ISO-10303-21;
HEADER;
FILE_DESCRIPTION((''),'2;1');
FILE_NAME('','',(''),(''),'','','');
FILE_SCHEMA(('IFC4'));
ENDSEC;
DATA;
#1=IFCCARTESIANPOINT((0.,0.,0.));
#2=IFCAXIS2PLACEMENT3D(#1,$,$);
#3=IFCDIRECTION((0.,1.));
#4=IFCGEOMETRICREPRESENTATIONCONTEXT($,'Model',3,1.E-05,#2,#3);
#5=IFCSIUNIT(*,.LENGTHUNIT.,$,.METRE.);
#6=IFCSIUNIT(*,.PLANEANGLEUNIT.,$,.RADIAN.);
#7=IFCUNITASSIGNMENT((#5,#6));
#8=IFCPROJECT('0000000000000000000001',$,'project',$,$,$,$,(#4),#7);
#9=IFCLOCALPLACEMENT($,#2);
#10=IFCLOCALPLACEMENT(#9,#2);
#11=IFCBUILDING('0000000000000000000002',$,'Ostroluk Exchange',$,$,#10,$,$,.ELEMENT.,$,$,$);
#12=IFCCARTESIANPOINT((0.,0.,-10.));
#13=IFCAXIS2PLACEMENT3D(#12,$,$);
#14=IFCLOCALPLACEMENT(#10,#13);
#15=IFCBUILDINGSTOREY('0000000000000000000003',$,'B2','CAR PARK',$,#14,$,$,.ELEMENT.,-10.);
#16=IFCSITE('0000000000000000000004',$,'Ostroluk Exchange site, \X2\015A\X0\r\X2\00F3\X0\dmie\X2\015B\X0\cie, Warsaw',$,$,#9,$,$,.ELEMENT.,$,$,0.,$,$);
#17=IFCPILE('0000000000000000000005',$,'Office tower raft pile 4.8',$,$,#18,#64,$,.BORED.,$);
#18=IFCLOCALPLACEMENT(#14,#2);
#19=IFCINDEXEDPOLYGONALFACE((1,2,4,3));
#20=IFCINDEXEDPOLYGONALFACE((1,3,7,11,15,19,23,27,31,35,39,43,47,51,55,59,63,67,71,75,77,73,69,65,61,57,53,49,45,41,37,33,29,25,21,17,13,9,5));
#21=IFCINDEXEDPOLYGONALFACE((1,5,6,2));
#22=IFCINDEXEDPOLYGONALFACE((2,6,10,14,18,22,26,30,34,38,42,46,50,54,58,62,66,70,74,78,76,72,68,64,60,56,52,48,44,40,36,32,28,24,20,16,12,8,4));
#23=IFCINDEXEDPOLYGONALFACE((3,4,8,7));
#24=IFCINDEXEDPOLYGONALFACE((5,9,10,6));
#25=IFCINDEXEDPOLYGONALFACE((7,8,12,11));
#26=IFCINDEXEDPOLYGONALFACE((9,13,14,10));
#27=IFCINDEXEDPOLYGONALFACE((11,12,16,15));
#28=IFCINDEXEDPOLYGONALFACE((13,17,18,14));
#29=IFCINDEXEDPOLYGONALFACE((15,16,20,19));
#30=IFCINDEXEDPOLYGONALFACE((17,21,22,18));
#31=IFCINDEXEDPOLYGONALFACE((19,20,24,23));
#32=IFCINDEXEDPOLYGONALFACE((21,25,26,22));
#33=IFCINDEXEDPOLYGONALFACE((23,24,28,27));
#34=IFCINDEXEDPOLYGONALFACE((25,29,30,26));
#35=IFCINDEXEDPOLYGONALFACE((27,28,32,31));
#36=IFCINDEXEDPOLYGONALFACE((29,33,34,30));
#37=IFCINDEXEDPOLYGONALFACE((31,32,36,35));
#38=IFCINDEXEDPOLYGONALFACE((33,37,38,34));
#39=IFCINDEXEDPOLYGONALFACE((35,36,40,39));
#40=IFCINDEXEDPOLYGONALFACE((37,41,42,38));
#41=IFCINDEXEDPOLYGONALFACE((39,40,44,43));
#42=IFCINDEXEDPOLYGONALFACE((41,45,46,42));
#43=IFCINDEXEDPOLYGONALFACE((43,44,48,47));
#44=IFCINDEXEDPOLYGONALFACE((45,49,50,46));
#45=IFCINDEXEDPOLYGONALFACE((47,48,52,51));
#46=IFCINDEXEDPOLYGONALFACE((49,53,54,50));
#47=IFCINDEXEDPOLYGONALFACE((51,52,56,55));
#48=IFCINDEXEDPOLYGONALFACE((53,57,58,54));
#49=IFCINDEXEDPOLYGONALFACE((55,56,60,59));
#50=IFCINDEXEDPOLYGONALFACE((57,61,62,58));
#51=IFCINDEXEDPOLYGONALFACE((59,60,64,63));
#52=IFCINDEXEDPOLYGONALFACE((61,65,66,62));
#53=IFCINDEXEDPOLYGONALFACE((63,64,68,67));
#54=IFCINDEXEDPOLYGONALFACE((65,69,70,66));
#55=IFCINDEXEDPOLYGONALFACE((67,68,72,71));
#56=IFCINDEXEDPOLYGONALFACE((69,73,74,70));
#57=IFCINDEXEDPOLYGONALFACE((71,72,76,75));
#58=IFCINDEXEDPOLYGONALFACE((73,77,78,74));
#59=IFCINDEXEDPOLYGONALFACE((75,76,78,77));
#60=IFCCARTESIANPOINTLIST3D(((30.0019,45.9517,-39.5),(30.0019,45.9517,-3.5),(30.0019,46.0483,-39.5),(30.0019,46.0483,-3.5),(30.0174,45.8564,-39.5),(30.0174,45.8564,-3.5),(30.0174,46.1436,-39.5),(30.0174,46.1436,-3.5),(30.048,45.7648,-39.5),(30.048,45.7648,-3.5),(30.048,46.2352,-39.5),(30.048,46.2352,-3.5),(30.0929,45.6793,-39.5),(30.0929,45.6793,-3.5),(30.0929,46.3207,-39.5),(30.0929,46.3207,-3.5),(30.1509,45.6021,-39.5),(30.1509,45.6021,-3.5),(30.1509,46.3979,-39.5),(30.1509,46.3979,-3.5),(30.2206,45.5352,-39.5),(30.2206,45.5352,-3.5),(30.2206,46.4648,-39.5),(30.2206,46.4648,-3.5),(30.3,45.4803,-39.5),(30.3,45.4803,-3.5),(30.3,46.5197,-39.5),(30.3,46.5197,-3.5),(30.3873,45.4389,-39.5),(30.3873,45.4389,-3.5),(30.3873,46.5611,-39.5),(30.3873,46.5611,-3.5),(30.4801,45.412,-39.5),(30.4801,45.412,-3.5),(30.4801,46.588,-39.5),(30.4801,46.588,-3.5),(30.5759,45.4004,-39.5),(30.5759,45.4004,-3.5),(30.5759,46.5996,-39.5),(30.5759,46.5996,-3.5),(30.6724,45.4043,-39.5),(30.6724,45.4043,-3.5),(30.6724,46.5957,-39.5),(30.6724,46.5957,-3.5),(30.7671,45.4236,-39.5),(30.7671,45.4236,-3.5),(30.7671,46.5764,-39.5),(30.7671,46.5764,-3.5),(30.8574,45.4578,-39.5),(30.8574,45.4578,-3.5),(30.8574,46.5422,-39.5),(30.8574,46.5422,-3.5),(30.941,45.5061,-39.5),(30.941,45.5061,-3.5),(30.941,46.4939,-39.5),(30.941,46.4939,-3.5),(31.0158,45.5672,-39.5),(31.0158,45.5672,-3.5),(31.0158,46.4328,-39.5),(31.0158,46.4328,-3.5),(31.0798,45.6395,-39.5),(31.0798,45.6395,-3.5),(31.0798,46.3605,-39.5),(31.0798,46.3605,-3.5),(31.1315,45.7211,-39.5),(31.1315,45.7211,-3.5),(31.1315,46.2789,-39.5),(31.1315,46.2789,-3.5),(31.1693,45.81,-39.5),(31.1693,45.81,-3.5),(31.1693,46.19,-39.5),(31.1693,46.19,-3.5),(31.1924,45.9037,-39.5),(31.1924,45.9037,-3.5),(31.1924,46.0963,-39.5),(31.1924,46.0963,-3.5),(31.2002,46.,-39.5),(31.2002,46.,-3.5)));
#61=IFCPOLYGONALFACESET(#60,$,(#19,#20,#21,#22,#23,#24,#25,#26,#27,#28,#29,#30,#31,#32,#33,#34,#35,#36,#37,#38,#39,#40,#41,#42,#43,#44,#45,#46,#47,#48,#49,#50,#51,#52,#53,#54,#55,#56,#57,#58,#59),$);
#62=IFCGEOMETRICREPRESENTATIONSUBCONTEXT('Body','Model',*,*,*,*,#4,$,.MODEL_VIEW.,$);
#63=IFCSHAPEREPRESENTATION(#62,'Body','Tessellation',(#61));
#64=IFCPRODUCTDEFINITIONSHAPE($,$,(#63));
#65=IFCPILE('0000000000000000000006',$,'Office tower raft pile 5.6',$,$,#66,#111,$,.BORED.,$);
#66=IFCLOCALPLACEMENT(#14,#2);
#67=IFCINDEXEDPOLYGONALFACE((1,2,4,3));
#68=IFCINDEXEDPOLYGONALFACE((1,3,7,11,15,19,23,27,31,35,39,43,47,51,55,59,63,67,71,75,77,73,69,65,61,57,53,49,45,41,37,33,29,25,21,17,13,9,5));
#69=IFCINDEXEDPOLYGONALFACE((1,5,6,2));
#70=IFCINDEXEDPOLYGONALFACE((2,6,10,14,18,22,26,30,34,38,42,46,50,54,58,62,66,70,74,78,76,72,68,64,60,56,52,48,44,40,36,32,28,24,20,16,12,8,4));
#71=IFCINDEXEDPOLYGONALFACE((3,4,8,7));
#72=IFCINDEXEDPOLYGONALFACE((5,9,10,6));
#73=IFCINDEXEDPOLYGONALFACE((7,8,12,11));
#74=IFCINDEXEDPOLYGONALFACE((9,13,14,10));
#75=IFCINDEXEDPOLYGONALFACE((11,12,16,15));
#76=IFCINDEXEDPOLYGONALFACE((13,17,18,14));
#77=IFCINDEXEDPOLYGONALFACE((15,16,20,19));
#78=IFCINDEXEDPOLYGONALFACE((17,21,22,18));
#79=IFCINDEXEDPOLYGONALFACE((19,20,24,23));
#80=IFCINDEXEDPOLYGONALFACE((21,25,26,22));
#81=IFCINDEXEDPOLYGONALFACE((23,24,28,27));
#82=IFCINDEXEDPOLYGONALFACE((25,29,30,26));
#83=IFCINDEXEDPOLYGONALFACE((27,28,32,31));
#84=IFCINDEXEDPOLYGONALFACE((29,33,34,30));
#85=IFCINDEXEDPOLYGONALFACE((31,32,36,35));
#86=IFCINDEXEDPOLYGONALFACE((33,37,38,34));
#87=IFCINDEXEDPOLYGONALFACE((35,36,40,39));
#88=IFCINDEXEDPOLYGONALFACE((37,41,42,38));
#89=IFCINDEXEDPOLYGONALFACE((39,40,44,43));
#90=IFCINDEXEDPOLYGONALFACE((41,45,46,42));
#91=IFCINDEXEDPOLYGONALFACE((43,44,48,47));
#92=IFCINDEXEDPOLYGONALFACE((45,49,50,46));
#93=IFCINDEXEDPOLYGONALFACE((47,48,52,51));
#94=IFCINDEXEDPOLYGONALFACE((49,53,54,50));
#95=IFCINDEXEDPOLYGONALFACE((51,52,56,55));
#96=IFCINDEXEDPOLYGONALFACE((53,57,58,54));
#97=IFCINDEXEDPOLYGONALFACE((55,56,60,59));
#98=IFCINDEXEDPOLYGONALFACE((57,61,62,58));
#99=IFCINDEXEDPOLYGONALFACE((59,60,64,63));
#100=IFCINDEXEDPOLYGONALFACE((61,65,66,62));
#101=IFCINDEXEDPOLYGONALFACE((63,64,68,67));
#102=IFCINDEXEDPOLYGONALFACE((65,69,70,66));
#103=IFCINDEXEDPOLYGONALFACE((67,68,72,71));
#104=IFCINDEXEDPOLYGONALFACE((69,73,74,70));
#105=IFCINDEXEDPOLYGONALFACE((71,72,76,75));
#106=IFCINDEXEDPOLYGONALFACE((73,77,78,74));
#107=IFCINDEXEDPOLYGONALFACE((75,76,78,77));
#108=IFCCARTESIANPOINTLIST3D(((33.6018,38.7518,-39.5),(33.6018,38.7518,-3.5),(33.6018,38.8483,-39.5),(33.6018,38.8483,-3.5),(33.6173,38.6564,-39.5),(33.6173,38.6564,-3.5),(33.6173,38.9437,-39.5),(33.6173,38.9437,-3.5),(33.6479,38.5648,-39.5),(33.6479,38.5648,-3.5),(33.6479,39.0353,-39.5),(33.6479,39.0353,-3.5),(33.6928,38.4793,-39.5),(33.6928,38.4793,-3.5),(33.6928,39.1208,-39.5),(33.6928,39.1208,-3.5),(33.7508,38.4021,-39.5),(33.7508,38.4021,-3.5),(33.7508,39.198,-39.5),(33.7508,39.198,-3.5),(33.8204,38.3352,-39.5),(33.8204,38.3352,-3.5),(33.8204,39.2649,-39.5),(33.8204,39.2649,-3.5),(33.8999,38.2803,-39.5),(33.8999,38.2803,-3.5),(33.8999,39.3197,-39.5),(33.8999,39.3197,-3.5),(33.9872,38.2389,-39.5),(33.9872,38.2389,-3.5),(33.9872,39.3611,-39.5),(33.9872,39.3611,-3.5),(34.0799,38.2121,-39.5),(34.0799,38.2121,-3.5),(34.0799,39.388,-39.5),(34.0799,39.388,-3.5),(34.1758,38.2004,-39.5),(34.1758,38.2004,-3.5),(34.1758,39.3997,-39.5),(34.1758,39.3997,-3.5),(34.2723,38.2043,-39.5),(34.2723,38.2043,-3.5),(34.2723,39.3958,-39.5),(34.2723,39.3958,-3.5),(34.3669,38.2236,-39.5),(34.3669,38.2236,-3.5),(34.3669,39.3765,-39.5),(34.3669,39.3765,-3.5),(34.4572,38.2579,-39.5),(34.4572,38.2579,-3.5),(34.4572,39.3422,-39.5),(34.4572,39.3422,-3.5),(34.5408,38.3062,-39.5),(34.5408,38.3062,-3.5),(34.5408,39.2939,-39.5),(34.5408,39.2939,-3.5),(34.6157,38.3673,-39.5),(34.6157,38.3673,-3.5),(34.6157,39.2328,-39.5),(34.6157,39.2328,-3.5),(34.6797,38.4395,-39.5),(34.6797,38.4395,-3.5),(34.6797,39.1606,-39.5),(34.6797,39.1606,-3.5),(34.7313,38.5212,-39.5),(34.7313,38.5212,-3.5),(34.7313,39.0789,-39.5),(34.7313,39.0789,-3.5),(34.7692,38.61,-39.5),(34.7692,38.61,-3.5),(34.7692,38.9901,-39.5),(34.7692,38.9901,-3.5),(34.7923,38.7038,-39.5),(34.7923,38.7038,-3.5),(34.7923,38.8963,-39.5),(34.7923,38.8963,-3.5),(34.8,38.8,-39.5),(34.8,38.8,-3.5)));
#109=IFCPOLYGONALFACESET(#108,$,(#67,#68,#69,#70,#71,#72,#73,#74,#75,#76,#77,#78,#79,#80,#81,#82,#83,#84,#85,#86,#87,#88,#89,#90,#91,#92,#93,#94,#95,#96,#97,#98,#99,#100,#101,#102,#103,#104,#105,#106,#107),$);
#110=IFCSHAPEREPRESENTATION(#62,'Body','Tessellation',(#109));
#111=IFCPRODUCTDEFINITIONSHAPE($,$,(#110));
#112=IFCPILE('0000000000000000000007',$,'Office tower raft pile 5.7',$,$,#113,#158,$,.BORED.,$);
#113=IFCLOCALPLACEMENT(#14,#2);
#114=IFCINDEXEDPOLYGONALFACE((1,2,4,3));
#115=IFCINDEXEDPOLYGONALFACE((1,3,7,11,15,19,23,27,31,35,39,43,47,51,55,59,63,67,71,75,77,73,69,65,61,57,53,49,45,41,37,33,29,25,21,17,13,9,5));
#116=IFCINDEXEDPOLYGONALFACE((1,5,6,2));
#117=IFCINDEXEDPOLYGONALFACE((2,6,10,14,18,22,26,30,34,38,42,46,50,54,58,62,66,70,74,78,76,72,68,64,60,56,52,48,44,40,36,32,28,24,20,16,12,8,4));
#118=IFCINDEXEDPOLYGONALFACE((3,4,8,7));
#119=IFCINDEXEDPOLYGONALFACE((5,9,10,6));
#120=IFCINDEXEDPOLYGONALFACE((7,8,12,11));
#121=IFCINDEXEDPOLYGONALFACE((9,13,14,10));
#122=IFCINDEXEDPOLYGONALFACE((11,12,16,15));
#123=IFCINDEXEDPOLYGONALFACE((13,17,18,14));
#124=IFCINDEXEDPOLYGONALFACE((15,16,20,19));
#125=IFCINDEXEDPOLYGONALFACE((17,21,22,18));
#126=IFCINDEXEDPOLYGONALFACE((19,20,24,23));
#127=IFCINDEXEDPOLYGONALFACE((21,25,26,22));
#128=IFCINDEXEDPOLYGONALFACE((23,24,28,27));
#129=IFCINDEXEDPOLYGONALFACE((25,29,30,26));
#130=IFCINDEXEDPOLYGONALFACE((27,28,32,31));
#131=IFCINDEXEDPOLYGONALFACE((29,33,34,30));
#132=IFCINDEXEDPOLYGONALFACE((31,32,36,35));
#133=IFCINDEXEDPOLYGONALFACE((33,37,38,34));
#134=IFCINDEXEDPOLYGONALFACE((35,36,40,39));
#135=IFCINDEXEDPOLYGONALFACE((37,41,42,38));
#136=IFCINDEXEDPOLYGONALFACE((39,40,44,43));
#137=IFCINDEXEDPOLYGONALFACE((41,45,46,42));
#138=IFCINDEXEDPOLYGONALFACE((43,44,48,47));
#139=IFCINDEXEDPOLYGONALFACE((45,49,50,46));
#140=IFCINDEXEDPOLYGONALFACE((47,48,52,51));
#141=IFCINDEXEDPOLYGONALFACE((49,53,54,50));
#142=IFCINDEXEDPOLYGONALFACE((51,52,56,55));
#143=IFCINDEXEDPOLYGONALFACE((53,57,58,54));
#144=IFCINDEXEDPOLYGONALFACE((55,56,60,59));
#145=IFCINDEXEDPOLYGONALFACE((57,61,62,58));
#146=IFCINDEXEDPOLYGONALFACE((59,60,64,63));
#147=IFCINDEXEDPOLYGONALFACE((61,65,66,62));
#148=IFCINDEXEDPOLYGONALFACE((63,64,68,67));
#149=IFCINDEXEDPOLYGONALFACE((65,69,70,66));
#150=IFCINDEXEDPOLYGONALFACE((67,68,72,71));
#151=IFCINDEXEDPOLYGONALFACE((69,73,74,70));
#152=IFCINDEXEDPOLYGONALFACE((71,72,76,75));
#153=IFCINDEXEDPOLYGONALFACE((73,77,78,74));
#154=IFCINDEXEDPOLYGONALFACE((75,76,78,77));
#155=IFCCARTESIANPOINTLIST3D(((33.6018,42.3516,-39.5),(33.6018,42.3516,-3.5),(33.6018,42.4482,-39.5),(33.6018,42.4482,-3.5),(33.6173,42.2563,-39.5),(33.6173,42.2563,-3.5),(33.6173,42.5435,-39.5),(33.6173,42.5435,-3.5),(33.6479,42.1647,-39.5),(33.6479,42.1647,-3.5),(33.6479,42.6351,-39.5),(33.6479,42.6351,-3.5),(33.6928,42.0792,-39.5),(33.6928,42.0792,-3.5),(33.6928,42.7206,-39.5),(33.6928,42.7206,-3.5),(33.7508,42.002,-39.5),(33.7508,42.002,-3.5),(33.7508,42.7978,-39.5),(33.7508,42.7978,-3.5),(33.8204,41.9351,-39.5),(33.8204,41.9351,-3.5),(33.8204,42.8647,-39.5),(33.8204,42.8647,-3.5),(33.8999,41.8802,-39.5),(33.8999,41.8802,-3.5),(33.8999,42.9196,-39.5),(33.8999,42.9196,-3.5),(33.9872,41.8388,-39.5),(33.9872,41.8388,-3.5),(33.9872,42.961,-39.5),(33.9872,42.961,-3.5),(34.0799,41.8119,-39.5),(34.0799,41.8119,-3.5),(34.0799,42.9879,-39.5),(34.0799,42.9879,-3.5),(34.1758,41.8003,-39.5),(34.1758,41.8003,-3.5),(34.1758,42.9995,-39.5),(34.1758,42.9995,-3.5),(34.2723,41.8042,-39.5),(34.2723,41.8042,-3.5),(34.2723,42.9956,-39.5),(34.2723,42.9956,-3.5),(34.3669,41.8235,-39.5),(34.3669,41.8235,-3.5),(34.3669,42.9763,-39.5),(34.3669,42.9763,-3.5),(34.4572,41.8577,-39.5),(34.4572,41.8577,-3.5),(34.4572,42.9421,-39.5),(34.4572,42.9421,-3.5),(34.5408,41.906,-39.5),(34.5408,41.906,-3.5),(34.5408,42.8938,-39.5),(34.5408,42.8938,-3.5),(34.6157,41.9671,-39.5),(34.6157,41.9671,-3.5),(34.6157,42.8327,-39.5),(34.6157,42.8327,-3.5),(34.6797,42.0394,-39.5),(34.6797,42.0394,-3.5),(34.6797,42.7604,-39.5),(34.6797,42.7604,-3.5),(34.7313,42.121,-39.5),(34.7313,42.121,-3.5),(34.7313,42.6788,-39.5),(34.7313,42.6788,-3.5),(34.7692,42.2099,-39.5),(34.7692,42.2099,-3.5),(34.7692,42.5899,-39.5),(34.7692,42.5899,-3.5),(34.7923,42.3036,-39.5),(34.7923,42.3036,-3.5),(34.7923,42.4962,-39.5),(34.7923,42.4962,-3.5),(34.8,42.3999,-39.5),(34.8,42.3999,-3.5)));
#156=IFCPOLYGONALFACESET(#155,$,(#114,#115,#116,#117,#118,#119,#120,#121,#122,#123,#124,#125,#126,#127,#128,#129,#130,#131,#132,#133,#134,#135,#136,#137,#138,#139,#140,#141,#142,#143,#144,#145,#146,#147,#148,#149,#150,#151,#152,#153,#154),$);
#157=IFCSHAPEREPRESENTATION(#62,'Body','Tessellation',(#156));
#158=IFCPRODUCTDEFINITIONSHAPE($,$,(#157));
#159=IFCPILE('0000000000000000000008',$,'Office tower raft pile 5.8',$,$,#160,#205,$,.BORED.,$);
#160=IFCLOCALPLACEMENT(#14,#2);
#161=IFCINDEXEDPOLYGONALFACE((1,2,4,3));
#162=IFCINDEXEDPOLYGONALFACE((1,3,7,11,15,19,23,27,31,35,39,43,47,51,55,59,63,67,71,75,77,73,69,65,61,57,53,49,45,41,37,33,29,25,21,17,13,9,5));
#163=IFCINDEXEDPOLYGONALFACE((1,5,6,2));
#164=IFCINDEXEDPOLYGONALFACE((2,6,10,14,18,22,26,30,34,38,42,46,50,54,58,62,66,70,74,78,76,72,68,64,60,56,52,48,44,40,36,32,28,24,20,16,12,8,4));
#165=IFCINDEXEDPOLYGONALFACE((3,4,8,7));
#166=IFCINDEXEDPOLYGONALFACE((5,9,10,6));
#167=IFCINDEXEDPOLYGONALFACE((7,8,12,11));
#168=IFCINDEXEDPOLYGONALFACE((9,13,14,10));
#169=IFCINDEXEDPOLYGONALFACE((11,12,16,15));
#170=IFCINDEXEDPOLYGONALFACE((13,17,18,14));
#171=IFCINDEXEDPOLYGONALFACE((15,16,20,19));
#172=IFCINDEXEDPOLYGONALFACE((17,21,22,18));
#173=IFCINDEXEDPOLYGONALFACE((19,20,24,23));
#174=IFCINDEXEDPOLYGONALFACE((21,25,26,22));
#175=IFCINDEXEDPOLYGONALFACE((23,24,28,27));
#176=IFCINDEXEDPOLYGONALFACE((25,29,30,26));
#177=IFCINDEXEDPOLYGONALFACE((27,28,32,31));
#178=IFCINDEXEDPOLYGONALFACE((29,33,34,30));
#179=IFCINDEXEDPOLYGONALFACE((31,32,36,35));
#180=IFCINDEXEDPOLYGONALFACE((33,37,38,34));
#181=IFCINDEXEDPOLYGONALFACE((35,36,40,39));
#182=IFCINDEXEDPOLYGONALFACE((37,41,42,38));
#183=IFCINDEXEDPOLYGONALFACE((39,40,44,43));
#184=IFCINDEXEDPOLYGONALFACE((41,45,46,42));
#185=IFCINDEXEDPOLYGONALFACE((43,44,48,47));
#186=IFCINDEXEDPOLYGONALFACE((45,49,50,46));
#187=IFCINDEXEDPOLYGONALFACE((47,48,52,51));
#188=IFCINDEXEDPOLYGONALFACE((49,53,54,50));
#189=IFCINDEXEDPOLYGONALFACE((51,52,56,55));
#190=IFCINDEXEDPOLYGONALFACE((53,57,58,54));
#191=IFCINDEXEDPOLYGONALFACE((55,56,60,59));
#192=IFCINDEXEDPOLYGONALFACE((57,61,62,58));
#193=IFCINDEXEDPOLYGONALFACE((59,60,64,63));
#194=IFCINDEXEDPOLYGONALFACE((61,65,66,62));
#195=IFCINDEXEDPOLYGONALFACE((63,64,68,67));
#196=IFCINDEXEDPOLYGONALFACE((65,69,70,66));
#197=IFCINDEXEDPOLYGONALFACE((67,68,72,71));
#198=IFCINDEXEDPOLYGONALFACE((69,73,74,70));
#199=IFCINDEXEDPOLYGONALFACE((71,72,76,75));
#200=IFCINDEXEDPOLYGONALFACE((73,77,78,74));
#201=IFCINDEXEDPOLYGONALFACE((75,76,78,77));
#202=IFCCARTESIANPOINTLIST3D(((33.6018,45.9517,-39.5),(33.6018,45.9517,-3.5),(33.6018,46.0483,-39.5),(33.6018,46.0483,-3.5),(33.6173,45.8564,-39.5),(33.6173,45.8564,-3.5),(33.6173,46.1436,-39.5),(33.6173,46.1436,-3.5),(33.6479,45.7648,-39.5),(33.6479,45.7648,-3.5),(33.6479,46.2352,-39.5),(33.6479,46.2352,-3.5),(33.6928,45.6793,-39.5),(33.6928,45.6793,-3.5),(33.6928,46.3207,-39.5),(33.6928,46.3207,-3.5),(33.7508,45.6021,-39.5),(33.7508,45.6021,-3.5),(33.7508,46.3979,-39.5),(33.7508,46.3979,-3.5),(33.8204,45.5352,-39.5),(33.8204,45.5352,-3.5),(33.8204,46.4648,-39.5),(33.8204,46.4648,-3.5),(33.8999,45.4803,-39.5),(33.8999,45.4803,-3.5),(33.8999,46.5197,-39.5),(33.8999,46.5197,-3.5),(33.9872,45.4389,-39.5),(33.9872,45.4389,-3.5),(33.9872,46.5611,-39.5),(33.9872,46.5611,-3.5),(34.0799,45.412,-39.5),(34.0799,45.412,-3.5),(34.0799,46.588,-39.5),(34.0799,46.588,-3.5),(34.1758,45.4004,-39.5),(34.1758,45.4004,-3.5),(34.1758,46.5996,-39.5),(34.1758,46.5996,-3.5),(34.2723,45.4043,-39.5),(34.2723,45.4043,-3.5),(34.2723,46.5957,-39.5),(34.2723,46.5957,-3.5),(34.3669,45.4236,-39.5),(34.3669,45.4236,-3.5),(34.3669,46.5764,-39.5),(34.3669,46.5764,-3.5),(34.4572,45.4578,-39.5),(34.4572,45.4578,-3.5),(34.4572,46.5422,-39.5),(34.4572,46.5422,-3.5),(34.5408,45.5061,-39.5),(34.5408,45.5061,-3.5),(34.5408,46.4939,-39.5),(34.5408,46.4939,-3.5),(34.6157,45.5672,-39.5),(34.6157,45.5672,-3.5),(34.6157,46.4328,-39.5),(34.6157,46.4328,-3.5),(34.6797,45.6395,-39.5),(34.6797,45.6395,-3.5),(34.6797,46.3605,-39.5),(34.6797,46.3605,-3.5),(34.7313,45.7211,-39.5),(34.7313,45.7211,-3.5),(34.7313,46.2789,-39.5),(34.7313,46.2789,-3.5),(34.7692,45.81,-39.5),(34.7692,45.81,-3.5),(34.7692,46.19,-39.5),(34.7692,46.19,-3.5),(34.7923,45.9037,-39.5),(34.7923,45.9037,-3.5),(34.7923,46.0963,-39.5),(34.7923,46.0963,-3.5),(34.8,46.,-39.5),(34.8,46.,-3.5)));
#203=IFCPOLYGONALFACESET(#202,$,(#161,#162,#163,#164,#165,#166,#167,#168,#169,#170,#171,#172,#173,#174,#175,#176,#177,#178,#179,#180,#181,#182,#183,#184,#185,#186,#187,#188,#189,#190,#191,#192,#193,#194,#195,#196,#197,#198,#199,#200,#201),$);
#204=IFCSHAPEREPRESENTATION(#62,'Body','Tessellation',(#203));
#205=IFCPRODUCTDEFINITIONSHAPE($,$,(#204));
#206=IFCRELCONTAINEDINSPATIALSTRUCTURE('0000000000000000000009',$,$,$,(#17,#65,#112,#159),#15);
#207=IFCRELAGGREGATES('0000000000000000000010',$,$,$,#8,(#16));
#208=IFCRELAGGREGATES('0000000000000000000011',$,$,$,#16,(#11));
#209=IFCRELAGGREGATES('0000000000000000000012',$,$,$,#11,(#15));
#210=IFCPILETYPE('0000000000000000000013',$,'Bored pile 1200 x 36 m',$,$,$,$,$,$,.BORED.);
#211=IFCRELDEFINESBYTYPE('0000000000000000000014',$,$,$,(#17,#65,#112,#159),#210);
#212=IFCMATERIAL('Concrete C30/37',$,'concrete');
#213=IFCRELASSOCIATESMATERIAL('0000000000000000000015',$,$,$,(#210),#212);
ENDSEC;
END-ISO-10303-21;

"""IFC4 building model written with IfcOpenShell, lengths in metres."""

from ifc_helpers import new_model, si_unit, direction, frame, origin, origin_2d, place, context, subcontext, project, spatial, circle, extrude, material, type_object, element, save


model = new_model("IFC4")

# Units and contexts
model_context = context("Model", 3, precision=1e-05, world=origin(), true_north=direction((0.0, 1.0)))
body_context = subcontext(model_context, "Body", "Model", "MODEL_VIEW")
ifc_project = project(units=[si_unit("LENGTHUNIT", "METRE"), si_unit("PLANEANGLEUNIT", "RADIAN")], contexts=[model_context])

# Site, building, storey
site_placement = place(None, origin())
site = spatial("IfcSite", under=ifc_project, at=site_placement, Name="Ostroluk Exchange site, Śródmieście, Warsaw", CompositionType="ELEMENT", RefElevation=0.0)
building_placement = place(site_placement, origin())
building = spatial("IfcBuilding", under=site, at=building_placement, Name="Ostroluk Exchange", CompositionType="ELEMENT")
storey_placement = place(building_placement, frame((0.0, 0.0, -10.0)))
storey = spatial("IfcBuildingStorey", under=building, at=storey_placement, Name="B2", Description="CAR PARK", CompositionType="ELEMENT", Elevation=-10.0)

# Piles
ifc_material_1 = material(Name="Concrete C30/37", Category="concrete")
pile_type = type_object("IfcPileType", Name="Bored pile 1200 x 36 m", PredefinedType="BORED", material=ifc_material_1)
for number, where, z_axis, x_axis, name in (
    (1, (30.6001, 46.0, -3.5), (0.0, 0.0, -1.0), (1.0, 0.0, 0.0), "Office tower raft pile 4.8"),
    (2, (34.2, 38.8, -3.5), (0.0, 0.0, -1.0), (1.0, 0.0, 0.0), "Office tower raft pile 5.6"),
    (3, (34.2, 42.3999, -3.5), (0.0, 0.0, -1.0), (1.0, 0.0, 0.0), "Office tower raft pile 5.7"),
    (4, (34.2, 46.0, -3.5), (0.0, 0.0, -1.0), (1.0, 0.0, 0.0), "Office tower raft pile 5.8"),
):
    element("IfcPile", number, at=place(storey_placement, frame(where, z_axis=z_axis, x_axis=x_axis)), inside=storey, type_object=pile_type, Name=name, PredefinedType="BORED", context=body_context, shape_type="SweptSolid", body=[
        extrude(circle(Radius=0.6001, at=origin_2d()), origin(), (0.0, 0.0, 1.0), 36.0),
    ])

save(model, "model.ifc")
